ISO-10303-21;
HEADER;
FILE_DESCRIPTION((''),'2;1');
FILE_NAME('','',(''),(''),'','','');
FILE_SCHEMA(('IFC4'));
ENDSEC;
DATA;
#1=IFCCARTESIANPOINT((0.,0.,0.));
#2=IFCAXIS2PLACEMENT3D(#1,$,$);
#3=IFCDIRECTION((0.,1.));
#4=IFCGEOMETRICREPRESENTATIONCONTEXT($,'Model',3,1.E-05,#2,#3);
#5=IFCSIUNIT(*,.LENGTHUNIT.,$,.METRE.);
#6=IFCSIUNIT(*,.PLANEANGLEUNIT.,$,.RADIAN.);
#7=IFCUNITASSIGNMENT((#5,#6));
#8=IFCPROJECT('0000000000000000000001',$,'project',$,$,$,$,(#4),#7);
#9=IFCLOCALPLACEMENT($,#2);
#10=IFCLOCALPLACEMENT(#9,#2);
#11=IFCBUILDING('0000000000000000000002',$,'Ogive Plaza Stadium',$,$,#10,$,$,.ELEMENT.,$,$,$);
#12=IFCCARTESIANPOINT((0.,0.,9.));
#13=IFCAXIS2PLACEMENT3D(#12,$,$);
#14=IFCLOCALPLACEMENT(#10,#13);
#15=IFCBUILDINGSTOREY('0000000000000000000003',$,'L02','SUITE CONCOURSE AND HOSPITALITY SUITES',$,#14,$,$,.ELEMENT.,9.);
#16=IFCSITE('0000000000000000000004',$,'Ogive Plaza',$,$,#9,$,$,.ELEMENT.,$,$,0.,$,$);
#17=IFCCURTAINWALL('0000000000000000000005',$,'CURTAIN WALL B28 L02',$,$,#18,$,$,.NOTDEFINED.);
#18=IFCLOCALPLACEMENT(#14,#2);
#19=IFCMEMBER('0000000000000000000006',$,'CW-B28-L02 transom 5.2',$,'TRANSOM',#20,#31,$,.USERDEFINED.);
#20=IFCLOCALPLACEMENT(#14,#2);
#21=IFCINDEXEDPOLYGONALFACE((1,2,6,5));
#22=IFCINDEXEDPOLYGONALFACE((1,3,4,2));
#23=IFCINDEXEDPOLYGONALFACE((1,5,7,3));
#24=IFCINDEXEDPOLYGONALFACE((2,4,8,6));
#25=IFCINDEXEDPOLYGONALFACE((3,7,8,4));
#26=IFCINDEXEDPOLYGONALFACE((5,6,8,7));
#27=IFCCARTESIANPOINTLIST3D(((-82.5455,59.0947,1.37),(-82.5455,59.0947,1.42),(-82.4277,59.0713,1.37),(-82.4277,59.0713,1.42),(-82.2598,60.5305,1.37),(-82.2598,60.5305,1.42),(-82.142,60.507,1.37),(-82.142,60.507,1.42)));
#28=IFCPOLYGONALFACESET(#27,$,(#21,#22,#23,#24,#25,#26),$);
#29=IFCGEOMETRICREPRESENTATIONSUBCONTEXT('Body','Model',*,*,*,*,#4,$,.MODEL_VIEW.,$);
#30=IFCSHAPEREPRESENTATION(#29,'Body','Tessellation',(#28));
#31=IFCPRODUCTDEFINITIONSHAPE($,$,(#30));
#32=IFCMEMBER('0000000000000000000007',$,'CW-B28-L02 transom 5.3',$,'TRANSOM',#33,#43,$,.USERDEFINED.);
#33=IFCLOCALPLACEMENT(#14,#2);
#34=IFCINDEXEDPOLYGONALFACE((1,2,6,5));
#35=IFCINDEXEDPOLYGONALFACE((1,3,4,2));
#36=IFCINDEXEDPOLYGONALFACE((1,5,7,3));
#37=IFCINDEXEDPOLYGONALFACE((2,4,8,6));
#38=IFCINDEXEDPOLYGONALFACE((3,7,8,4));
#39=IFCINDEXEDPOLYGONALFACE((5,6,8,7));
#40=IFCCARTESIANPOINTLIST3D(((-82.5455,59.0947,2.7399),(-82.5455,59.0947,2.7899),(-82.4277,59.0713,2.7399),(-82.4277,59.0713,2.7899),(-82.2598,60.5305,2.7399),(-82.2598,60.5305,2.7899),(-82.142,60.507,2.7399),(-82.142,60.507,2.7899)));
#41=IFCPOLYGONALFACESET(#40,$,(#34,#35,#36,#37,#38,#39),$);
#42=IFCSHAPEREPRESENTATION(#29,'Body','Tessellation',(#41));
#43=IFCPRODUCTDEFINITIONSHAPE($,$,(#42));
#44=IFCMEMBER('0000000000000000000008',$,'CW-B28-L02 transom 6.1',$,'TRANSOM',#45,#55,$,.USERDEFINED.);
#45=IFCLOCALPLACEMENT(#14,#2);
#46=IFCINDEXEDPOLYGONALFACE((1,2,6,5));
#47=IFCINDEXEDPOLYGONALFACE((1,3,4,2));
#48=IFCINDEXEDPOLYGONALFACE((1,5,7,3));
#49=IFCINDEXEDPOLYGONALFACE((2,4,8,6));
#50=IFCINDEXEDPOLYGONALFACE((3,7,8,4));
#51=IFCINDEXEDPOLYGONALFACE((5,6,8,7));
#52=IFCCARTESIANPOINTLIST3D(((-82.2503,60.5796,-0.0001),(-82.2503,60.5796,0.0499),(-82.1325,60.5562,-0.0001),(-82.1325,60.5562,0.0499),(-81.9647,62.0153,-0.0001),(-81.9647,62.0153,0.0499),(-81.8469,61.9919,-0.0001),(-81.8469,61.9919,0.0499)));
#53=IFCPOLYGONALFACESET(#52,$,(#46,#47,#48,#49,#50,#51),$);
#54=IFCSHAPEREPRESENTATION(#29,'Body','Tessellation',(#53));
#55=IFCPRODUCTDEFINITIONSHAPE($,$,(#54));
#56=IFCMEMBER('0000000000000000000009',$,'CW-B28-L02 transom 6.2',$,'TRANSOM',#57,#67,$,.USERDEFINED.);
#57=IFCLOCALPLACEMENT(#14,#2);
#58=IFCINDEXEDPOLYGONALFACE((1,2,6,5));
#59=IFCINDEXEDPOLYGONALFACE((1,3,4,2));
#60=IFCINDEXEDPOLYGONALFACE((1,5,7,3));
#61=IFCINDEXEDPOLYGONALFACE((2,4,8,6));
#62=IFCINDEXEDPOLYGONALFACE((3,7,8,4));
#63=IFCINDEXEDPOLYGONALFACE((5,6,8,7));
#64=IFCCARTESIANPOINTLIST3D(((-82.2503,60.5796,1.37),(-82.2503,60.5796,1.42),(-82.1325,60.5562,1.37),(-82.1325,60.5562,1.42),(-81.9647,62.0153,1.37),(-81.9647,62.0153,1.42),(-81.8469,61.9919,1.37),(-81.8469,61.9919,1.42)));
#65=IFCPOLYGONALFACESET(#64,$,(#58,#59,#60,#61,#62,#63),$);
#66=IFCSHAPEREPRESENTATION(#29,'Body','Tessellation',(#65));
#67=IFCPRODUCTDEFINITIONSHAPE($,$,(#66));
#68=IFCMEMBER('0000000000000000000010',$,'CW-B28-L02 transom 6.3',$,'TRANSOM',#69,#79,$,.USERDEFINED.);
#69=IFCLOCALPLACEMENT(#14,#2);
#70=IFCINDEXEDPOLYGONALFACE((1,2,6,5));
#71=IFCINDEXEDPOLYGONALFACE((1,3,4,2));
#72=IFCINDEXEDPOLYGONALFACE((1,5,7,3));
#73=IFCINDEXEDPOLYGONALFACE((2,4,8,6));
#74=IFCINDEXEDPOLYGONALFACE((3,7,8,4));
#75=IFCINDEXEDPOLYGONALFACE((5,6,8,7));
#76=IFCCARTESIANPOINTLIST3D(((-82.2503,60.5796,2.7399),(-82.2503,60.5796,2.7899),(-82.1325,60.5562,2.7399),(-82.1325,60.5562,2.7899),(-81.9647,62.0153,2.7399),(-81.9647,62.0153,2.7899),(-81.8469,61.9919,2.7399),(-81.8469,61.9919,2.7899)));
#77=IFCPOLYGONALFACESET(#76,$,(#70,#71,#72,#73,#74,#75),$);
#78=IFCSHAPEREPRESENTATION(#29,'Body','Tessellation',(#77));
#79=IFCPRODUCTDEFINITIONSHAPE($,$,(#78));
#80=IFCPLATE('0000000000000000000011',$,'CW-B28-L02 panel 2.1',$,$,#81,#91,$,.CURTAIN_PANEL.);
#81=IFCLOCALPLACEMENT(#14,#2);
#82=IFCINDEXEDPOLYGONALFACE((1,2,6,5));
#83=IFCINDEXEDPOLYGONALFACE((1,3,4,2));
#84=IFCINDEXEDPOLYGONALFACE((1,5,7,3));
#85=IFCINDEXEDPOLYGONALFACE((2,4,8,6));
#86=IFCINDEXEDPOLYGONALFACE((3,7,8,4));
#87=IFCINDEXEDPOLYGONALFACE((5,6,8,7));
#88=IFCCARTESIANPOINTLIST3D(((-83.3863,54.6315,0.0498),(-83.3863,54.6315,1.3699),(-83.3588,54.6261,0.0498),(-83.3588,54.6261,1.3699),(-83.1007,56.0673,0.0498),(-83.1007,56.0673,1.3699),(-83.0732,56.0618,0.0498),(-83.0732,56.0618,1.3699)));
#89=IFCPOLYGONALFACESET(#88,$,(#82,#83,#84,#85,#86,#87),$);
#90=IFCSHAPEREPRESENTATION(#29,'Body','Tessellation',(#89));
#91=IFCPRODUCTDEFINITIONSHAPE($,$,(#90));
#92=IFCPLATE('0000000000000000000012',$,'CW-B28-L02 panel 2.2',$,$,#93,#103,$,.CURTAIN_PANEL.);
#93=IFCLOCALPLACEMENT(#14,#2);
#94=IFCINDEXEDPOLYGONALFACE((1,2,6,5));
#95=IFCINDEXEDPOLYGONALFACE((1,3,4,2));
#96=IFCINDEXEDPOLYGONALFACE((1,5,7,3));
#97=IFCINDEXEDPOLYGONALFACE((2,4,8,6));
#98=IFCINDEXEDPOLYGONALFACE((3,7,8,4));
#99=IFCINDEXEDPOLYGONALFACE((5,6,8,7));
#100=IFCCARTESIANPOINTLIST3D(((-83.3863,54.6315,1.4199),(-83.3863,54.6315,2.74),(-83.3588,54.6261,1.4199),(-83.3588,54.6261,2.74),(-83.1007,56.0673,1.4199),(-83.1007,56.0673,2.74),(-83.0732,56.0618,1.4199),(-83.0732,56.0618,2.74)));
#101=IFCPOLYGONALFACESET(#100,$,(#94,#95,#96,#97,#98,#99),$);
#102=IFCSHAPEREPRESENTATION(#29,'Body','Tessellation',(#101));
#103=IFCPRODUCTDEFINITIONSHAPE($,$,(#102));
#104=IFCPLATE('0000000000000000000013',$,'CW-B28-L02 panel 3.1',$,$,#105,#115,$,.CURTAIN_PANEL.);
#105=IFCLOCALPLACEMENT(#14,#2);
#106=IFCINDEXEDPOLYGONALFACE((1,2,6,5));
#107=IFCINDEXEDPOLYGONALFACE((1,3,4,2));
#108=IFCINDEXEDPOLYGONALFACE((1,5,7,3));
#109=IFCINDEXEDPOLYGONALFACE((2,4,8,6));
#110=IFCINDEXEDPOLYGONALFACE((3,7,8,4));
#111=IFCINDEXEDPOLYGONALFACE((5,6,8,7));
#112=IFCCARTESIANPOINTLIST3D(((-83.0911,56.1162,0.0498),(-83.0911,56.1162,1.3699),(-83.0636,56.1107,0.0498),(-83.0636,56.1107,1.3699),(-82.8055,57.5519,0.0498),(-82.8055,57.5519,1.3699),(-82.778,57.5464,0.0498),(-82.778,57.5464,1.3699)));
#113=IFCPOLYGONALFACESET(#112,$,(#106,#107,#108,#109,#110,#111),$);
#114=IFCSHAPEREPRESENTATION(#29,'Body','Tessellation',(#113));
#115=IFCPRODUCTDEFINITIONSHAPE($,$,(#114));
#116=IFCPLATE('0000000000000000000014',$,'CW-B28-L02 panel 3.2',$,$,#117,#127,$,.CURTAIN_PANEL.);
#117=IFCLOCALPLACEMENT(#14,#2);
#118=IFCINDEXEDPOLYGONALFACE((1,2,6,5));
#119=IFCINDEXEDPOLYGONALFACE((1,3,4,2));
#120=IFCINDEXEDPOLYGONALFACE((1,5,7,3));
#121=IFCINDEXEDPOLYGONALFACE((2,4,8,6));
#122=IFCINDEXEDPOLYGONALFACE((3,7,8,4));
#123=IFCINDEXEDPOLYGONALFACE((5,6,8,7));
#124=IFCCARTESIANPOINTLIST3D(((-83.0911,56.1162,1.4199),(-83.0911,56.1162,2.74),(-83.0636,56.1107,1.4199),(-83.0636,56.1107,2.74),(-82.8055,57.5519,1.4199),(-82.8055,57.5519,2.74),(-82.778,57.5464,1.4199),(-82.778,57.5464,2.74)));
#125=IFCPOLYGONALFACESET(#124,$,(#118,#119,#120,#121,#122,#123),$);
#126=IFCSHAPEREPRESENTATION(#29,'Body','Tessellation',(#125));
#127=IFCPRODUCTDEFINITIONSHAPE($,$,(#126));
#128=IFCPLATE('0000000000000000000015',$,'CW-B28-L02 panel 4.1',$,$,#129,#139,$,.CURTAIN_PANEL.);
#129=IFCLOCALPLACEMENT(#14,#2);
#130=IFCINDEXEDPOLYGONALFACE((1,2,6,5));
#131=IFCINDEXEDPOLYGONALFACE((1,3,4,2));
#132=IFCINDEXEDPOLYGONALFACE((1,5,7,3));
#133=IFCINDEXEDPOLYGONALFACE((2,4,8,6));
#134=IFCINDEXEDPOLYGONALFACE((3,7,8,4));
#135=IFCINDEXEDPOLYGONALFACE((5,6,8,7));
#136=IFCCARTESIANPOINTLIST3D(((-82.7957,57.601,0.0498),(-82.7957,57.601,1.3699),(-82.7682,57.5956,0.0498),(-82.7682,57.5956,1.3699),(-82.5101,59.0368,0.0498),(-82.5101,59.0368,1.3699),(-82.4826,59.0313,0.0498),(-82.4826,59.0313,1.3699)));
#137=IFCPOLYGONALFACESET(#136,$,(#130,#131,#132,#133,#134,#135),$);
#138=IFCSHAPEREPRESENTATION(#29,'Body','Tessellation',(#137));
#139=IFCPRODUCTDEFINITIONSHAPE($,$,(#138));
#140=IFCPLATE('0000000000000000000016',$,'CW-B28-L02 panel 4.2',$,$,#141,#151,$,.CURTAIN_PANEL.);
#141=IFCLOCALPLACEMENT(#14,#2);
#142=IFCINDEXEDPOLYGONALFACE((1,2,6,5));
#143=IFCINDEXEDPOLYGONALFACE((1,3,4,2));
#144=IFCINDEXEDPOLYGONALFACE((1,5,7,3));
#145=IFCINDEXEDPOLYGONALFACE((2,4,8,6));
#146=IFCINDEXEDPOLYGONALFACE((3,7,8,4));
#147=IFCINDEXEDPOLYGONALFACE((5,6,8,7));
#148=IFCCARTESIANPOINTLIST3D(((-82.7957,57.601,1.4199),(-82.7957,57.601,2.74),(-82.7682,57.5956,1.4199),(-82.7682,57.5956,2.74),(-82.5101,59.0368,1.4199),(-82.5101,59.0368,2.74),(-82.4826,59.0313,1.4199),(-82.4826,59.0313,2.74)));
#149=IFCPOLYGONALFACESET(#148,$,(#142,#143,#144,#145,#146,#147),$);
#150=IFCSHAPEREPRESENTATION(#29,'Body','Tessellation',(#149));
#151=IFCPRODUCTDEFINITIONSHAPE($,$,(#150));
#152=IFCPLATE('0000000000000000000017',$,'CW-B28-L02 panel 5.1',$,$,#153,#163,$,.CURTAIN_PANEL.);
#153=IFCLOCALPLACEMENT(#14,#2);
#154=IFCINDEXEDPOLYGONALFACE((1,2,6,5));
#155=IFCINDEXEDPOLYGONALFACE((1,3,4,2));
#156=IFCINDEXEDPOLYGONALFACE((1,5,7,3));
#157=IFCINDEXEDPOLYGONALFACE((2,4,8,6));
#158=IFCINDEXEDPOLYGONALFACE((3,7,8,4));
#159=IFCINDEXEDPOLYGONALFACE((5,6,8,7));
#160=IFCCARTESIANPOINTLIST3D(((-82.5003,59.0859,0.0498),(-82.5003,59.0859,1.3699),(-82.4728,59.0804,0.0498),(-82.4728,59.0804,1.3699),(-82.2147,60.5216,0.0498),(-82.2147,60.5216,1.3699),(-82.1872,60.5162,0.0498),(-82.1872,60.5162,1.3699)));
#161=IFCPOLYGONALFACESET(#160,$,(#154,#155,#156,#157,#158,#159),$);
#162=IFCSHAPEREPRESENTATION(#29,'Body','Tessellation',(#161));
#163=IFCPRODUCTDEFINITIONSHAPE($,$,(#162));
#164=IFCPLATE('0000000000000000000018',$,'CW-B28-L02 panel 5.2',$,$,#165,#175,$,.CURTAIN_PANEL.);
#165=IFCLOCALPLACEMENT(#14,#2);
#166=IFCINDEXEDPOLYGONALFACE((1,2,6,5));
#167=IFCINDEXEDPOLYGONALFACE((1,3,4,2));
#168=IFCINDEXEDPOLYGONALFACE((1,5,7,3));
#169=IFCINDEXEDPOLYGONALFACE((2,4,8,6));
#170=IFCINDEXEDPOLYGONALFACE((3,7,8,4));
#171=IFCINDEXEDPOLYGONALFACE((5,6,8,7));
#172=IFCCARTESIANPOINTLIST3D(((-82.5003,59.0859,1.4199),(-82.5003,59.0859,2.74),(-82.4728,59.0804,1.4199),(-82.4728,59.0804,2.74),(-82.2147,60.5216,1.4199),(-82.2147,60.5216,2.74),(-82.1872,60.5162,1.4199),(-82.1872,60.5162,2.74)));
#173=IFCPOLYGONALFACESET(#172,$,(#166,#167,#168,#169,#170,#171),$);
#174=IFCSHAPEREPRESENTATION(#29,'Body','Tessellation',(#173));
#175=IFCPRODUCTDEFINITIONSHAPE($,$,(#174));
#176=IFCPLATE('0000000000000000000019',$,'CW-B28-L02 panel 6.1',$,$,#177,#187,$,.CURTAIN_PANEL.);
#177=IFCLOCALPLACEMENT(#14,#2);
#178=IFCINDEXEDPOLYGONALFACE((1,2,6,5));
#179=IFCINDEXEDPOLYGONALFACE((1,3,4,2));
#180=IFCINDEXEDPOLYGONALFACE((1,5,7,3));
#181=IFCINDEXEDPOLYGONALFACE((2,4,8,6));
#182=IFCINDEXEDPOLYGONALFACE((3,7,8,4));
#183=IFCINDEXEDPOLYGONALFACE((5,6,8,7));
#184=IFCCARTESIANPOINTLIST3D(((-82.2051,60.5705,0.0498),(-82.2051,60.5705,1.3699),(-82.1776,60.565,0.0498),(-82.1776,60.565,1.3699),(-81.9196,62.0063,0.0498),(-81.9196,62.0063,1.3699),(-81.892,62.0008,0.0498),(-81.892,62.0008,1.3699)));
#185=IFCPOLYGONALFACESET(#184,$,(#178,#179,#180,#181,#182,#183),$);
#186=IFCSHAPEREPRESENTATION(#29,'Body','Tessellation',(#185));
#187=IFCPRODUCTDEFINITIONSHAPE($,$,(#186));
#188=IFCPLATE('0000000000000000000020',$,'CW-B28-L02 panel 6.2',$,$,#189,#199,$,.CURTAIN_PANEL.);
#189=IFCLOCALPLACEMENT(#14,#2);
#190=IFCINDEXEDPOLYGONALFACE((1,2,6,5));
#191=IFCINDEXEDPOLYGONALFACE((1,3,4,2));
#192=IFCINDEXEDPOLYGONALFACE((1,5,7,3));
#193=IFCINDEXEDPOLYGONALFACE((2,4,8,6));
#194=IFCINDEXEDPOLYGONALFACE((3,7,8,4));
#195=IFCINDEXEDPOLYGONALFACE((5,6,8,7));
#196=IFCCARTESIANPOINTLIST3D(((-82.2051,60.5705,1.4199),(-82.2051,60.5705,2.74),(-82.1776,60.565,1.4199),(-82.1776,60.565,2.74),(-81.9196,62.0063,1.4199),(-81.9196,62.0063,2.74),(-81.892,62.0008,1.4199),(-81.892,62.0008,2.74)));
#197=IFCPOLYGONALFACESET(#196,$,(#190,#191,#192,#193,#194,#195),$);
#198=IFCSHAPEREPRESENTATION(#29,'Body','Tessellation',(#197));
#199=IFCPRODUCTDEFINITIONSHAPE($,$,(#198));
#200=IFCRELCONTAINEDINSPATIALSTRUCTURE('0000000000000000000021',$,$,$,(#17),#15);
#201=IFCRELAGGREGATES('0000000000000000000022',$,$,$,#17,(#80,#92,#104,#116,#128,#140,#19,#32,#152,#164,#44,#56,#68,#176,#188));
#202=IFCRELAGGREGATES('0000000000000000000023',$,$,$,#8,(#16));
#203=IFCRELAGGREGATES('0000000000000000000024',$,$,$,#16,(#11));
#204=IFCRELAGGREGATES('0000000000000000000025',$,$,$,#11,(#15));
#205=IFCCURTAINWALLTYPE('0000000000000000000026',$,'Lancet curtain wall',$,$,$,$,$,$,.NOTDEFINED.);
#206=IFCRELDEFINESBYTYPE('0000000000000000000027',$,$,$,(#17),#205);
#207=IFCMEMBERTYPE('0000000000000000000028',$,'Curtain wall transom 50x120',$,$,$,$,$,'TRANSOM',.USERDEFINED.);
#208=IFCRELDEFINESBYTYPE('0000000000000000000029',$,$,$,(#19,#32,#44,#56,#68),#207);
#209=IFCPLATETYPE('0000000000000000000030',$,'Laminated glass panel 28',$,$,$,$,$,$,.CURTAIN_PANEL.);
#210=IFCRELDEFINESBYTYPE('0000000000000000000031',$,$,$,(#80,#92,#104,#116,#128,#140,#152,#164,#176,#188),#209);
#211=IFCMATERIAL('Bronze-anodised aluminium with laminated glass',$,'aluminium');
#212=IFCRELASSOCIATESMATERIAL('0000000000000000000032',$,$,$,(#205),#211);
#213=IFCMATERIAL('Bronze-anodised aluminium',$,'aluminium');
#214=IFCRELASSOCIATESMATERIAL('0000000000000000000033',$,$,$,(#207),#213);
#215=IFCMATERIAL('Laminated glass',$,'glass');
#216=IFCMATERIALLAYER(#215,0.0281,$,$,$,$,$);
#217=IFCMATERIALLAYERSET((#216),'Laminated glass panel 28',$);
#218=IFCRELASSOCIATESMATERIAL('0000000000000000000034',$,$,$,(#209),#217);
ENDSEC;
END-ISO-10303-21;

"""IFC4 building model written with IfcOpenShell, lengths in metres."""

from ifc_helpers import new_model, si_unit, direction, frame, origin, origin_2d, place, context, subcontext, project, spatial, rectangle, extrude, material, layer, layer_set, material_profile, profile_set, type_object, element, aggregate, save


model = new_model("IFC4")

# Units and contexts
model_context = context("Model", 3, precision=1e-05, world=origin(), true_north=direction((0.0, 1.0)))
body_context = subcontext(model_context, "Body", "Model", "MODEL_VIEW")
ifc_project = project(units=[si_unit("LENGTHUNIT", "METRE"), si_unit("PLANEANGLEUNIT", "RADIAN")], contexts=[model_context])

# Site, building, storey
site_placement = place(None, origin())
site = spatial("IfcSite", under=ifc_project, at=site_placement, Name="Ogive Plaza", CompositionType="ELEMENT", RefElevation=0.0)
building_placement = place(site_placement, origin())
building = spatial("IfcBuilding", under=site, at=building_placement, Name="Ogive Plaza Stadium", CompositionType="ELEMENT")
storey_placement = place(building_placement, frame((0.0, 0.0, 9.0)))
storey = spatial("IfcBuildingStorey", under=building, at=storey_placement, Name="L02", Description="SUITE CONCOURSE AND HOSPITALITY SUITES", CompositionType="ELEMENT", Elevation=9.0)

# Curtain wall, members, plates
ifc_material_1 = material(Name="Bronze-anodised aluminium with laminated glass", Category="aluminium")
curtain_wall_type = type_object("IfcCurtainWallType", Name="Lancet curtain wall", PredefinedType="NOTDEFINED", material=ifc_material_1)
curtain_wall_placement = place(storey_placement, origin())
curtain_wall = element("IfcCurtainWall", 1, at=curtain_wall_placement, inside=storey, type_object=curtain_wall_type, Name="CURTAIN WALL B28 L02", PredefinedType="NOTDEFINED")
ifc_material_2 = material(Name="Bronze-anodised aluminium", Category="aluminium")
ifc_material_profile_1 = material_profile(ifc_material_2, rectangle(XDim=0.1201, YDim=0.05, at=origin_2d()), Name="AL 120x50")
ifc_profile_set_1 = profile_set([ifc_material_profile_1], Name="Bronze-anodised aluminium")
member_type_1 = type_object("IfcMemberType", Name="Curtain wall transom 50x120", ElementType="TRANSOM", PredefinedType="USERDEFINED", material=ifc_profile_set_1)
member_1_placement = place(storey_placement, frame((-82.4866, 59.083, 1.395), z_axis=(0.195122, 0.980779, 0.0), x_axis=(-0.980779, 0.195122, 0.0)))
member_1 = element("IfcMember", 2, at=member_1_placement, type_object=member_type_1, Name="CW-B28-L02 transom 5.2", ObjectType="TRANSOM", PredefinedType="USERDEFINED", context=body_context, shape_type="SweptSolid", body=[
    extrude(rectangle(XDim=0.1201, YDim=0.05, at=origin_2d()), origin(), (0.0, 0.0, 1.0), 1.4639),
])
member_2_placement = place(storey_placement, frame((-82.4866, 59.083, 2.7649), z_axis=(0.195122, 0.980779, 0.0), x_axis=(-0.980779, 0.195122, 0.0)))
member_2 = element("IfcMember", 3, at=member_2_placement, type_object=member_type_1, Name="CW-B28-L02 transom 5.3", ObjectType="TRANSOM", PredefinedType="USERDEFINED", context=body_context, shape_type="SweptSolid", body=[
    extrude(rectangle(XDim=0.1201, YDim=0.05, at=origin_2d()), origin(), (0.0, 0.0, 1.0), 1.4639),
])
member_3_placement = place(storey_placement, frame((-82.1914, 60.5679, 0.0249), z_axis=(0.195122, 0.980779, 0.0), x_axis=(-0.980779, 0.195122, 0.0)))
member_3 = element("IfcMember", 4, at=member_3_placement, type_object=member_type_1, Name="CW-B28-L02 transom 6.1", ObjectType="TRANSOM", PredefinedType="USERDEFINED", context=body_context, shape_type="SweptSolid", body=[
    extrude(rectangle(XDim=0.1201, YDim=0.05, at=origin_2d()), origin(), (0.0, 0.0, 1.0), 1.4639),
])
member_4_placement = place(storey_placement, frame((-82.1914, 60.5679, 1.395), z_axis=(0.195122, 0.980779, 0.0), x_axis=(-0.980779, 0.195122, 0.0)))
member_4 = element("IfcMember", 5, at=member_4_placement, type_object=member_type_1, Name="CW-B28-L02 transom 6.2", ObjectType="TRANSOM", PredefinedType="USERDEFINED", context=body_context, shape_type="SweptSolid", body=[
    extrude(rectangle(XDim=0.1201, YDim=0.05, at=origin_2d()), origin(), (0.0, 0.0, 1.0), 1.4639),
])
member_5_placement = place(storey_placement, frame((-82.1914, 60.5679, 2.7649), z_axis=(0.195122, 0.980779, 0.0), x_axis=(-0.980779, 0.195122, 0.0)))
member_5 = element("IfcMember", 6, at=member_5_placement, type_object=member_type_1, Name="CW-B28-L02 transom 6.3", ObjectType="TRANSOM", PredefinedType="USERDEFINED", context=body_context, shape_type="SweptSolid", body=[
    extrude(rectangle(XDim=0.1201, YDim=0.05, at=origin_2d()), origin(), (0.0, 0.0, 1.0), 1.4639),
])
ifc_material_3 = material(Name="Laminated glass", Category="glass")
ifc_layer_1 = layer(ifc_material_3, 0.0281)
ifc_layer_set_1 = layer_set([ifc_layer_1], Name="Laminated glass panel 28")
plate_type = type_object("IfcPlateType", Name="Laminated glass panel 28", PredefinedType="CURTAIN_PANEL", material=ifc_layer_set_1)
plate_1_placement = place(storey_placement, frame((-83.2297, 55.3467, 0.0498), z_axis=(0.0, 0.0, 1.0), x_axis=(0.19509, 0.980785, 0.0)))
plate_1 = element("IfcPlate", 7, at=plate_1_placement, type_object=plate_type, Name="CW-B28-L02 panel 2.1", PredefinedType="CURTAIN_PANEL", context=body_context, shape_type="SweptSolid", body=[
    extrude(rectangle(XDim=1.4639, YDim=0.0281, at=origin_2d()), origin(), (0.0, 0.0, 1.0), 1.3201),
])
plate_2_placement = place(storey_placement, frame((-83.2297, 55.3467, 1.4199), z_axis=(0.0, 0.0, 1.0), x_axis=(0.19509, 0.980785, 0.0)))
plate_2 = element("IfcPlate", 8, at=plate_2_placement, type_object=plate_type, Name="CW-B28-L02 panel 2.2", PredefinedType="CURTAIN_PANEL", context=body_context, shape_type="SweptSolid", body=[
    extrude(rectangle(XDim=1.4639, YDim=0.0281, at=origin_2d()), origin(), (0.0, 0.0, 1.0), 1.3201),
])
plate_3_placement = place(storey_placement, frame((-82.9346, 56.8313, 0.0498), z_axis=(0.0, 0.0, 1.0), x_axis=(0.19509, 0.980785, 0.0)))
plate_3 = element("IfcPlate", 9, at=plate_3_placement, type_object=plate_type, Name="CW-B28-L02 panel 3.1", PredefinedType="CURTAIN_PANEL", context=body_context, shape_type="SweptSolid", body=[
    extrude(rectangle(XDim=1.4639, YDim=0.0281, at=origin_2d()), origin(), (0.0, 0.0, 1.0), 1.3201),
])
plate_4_placement = place(storey_placement, frame((-82.9346, 56.8313, 1.4199), z_axis=(0.0, 0.0, 1.0), x_axis=(0.19509, 0.980785, 0.0)))
plate_4 = element("IfcPlate", 10, at=plate_4_placement, type_object=plate_type, Name="CW-B28-L02 panel 3.2", PredefinedType="CURTAIN_PANEL", context=body_context, shape_type="SweptSolid", body=[
    extrude(rectangle(XDim=1.4639, YDim=0.0281, at=origin_2d()), origin(), (0.0, 0.0, 1.0), 1.3201),
])
plate_5_placement = place(storey_placement, frame((-82.6392, 58.3162, 0.0498), z_axis=(0.0, 0.0, 1.0), x_axis=(0.19509, 0.980785, 0.0)))
plate_5 = element("IfcPlate", 11, at=plate_5_placement, type_object=plate_type, Name="CW-B28-L02 panel 4.1", PredefinedType="CURTAIN_PANEL", context=body_context, shape_type="SweptSolid", body=[
    extrude(rectangle(XDim=1.4639, YDim=0.0281, at=origin_2d()), origin(), (0.0, 0.0, 1.0), 1.3201),
])
plate_6_placement = place(storey_placement, frame((-82.6392, 58.3162, 1.4199), z_axis=(0.0, 0.0, 1.0), x_axis=(0.19509, 0.980785, 0.0)))
plate_6 = element("IfcPlate", 12, at=plate_6_placement, type_object=plate_type, Name="CW-B28-L02 panel 4.2", PredefinedType="CURTAIN_PANEL", context=body_context, shape_type="SweptSolid", body=[
    extrude(rectangle(XDim=1.4639, YDim=0.0281, at=origin_2d()), origin(), (0.0, 0.0, 1.0), 1.3201),
])
plate_7_placement = place(storey_placement, frame((-82.3438, 59.801, 0.0498), z_axis=(0.0, 0.0, 1.0), x_axis=(0.19509, 0.980785, 0.0)))
plate_7 = element("IfcPlate", 13, at=plate_7_placement, type_object=plate_type, Name="CW-B28-L02 panel 5.1", PredefinedType="CURTAIN_PANEL", context=body_context, shape_type="SweptSolid", body=[
    extrude(rectangle(XDim=1.4639, YDim=0.0281, at=origin_2d()), origin(), (0.0, 0.0, 1.0), 1.3201),
])
plate_8_placement = place(storey_placement, frame((-82.3438, 59.801, 1.4199), z_axis=(0.0, 0.0, 1.0), x_axis=(0.19509, 0.980785, 0.0)))
plate_8 = element("IfcPlate", 14, at=plate_8_placement, type_object=plate_type, Name="CW-B28-L02 panel 5.2", PredefinedType="CURTAIN_PANEL", context=body_context, shape_type="SweptSolid", body=[
    extrude(rectangle(XDim=1.4639, YDim=0.0281, at=origin_2d()), origin(), (0.0, 0.0, 1.0), 1.3201),
])
plate_9_placement = place(storey_placement, frame((-82.0486, 61.2856, 0.0498), z_axis=(0.0, 0.0, 1.0), x_axis=(0.19509, 0.980785, 0.0)))
plate_9 = element("IfcPlate", 15, at=plate_9_placement, type_object=plate_type, Name="CW-B28-L02 panel 6.1", PredefinedType="CURTAIN_PANEL", context=body_context, shape_type="SweptSolid", body=[
    extrude(rectangle(XDim=1.4639, YDim=0.0281, at=origin_2d()), origin(), (0.0, 0.0, 1.0), 1.3201),
])
plate_10_placement = place(storey_placement, frame((-82.0486, 61.2856, 1.4199), z_axis=(0.0, 0.0, 1.0), x_axis=(0.19509, 0.980785, 0.0)))
plate_10 = element("IfcPlate", 16, at=plate_10_placement, type_object=plate_type, Name="CW-B28-L02 panel 6.2", PredefinedType="CURTAIN_PANEL", context=body_context, shape_type="SweptSolid", body=[
    extrude(rectangle(XDim=1.4639, YDim=0.0281, at=origin_2d()), origin(), (0.0, 0.0, 1.0), 1.3201),
])
aggregate(curtain_wall, [plate_1, plate_2, plate_3, plate_4, plate_5, plate_6, member_1, member_2, plate_7, plate_8, member_3, member_4, member_5, plate_9, plate_10])

save(model, "model.ifc")
